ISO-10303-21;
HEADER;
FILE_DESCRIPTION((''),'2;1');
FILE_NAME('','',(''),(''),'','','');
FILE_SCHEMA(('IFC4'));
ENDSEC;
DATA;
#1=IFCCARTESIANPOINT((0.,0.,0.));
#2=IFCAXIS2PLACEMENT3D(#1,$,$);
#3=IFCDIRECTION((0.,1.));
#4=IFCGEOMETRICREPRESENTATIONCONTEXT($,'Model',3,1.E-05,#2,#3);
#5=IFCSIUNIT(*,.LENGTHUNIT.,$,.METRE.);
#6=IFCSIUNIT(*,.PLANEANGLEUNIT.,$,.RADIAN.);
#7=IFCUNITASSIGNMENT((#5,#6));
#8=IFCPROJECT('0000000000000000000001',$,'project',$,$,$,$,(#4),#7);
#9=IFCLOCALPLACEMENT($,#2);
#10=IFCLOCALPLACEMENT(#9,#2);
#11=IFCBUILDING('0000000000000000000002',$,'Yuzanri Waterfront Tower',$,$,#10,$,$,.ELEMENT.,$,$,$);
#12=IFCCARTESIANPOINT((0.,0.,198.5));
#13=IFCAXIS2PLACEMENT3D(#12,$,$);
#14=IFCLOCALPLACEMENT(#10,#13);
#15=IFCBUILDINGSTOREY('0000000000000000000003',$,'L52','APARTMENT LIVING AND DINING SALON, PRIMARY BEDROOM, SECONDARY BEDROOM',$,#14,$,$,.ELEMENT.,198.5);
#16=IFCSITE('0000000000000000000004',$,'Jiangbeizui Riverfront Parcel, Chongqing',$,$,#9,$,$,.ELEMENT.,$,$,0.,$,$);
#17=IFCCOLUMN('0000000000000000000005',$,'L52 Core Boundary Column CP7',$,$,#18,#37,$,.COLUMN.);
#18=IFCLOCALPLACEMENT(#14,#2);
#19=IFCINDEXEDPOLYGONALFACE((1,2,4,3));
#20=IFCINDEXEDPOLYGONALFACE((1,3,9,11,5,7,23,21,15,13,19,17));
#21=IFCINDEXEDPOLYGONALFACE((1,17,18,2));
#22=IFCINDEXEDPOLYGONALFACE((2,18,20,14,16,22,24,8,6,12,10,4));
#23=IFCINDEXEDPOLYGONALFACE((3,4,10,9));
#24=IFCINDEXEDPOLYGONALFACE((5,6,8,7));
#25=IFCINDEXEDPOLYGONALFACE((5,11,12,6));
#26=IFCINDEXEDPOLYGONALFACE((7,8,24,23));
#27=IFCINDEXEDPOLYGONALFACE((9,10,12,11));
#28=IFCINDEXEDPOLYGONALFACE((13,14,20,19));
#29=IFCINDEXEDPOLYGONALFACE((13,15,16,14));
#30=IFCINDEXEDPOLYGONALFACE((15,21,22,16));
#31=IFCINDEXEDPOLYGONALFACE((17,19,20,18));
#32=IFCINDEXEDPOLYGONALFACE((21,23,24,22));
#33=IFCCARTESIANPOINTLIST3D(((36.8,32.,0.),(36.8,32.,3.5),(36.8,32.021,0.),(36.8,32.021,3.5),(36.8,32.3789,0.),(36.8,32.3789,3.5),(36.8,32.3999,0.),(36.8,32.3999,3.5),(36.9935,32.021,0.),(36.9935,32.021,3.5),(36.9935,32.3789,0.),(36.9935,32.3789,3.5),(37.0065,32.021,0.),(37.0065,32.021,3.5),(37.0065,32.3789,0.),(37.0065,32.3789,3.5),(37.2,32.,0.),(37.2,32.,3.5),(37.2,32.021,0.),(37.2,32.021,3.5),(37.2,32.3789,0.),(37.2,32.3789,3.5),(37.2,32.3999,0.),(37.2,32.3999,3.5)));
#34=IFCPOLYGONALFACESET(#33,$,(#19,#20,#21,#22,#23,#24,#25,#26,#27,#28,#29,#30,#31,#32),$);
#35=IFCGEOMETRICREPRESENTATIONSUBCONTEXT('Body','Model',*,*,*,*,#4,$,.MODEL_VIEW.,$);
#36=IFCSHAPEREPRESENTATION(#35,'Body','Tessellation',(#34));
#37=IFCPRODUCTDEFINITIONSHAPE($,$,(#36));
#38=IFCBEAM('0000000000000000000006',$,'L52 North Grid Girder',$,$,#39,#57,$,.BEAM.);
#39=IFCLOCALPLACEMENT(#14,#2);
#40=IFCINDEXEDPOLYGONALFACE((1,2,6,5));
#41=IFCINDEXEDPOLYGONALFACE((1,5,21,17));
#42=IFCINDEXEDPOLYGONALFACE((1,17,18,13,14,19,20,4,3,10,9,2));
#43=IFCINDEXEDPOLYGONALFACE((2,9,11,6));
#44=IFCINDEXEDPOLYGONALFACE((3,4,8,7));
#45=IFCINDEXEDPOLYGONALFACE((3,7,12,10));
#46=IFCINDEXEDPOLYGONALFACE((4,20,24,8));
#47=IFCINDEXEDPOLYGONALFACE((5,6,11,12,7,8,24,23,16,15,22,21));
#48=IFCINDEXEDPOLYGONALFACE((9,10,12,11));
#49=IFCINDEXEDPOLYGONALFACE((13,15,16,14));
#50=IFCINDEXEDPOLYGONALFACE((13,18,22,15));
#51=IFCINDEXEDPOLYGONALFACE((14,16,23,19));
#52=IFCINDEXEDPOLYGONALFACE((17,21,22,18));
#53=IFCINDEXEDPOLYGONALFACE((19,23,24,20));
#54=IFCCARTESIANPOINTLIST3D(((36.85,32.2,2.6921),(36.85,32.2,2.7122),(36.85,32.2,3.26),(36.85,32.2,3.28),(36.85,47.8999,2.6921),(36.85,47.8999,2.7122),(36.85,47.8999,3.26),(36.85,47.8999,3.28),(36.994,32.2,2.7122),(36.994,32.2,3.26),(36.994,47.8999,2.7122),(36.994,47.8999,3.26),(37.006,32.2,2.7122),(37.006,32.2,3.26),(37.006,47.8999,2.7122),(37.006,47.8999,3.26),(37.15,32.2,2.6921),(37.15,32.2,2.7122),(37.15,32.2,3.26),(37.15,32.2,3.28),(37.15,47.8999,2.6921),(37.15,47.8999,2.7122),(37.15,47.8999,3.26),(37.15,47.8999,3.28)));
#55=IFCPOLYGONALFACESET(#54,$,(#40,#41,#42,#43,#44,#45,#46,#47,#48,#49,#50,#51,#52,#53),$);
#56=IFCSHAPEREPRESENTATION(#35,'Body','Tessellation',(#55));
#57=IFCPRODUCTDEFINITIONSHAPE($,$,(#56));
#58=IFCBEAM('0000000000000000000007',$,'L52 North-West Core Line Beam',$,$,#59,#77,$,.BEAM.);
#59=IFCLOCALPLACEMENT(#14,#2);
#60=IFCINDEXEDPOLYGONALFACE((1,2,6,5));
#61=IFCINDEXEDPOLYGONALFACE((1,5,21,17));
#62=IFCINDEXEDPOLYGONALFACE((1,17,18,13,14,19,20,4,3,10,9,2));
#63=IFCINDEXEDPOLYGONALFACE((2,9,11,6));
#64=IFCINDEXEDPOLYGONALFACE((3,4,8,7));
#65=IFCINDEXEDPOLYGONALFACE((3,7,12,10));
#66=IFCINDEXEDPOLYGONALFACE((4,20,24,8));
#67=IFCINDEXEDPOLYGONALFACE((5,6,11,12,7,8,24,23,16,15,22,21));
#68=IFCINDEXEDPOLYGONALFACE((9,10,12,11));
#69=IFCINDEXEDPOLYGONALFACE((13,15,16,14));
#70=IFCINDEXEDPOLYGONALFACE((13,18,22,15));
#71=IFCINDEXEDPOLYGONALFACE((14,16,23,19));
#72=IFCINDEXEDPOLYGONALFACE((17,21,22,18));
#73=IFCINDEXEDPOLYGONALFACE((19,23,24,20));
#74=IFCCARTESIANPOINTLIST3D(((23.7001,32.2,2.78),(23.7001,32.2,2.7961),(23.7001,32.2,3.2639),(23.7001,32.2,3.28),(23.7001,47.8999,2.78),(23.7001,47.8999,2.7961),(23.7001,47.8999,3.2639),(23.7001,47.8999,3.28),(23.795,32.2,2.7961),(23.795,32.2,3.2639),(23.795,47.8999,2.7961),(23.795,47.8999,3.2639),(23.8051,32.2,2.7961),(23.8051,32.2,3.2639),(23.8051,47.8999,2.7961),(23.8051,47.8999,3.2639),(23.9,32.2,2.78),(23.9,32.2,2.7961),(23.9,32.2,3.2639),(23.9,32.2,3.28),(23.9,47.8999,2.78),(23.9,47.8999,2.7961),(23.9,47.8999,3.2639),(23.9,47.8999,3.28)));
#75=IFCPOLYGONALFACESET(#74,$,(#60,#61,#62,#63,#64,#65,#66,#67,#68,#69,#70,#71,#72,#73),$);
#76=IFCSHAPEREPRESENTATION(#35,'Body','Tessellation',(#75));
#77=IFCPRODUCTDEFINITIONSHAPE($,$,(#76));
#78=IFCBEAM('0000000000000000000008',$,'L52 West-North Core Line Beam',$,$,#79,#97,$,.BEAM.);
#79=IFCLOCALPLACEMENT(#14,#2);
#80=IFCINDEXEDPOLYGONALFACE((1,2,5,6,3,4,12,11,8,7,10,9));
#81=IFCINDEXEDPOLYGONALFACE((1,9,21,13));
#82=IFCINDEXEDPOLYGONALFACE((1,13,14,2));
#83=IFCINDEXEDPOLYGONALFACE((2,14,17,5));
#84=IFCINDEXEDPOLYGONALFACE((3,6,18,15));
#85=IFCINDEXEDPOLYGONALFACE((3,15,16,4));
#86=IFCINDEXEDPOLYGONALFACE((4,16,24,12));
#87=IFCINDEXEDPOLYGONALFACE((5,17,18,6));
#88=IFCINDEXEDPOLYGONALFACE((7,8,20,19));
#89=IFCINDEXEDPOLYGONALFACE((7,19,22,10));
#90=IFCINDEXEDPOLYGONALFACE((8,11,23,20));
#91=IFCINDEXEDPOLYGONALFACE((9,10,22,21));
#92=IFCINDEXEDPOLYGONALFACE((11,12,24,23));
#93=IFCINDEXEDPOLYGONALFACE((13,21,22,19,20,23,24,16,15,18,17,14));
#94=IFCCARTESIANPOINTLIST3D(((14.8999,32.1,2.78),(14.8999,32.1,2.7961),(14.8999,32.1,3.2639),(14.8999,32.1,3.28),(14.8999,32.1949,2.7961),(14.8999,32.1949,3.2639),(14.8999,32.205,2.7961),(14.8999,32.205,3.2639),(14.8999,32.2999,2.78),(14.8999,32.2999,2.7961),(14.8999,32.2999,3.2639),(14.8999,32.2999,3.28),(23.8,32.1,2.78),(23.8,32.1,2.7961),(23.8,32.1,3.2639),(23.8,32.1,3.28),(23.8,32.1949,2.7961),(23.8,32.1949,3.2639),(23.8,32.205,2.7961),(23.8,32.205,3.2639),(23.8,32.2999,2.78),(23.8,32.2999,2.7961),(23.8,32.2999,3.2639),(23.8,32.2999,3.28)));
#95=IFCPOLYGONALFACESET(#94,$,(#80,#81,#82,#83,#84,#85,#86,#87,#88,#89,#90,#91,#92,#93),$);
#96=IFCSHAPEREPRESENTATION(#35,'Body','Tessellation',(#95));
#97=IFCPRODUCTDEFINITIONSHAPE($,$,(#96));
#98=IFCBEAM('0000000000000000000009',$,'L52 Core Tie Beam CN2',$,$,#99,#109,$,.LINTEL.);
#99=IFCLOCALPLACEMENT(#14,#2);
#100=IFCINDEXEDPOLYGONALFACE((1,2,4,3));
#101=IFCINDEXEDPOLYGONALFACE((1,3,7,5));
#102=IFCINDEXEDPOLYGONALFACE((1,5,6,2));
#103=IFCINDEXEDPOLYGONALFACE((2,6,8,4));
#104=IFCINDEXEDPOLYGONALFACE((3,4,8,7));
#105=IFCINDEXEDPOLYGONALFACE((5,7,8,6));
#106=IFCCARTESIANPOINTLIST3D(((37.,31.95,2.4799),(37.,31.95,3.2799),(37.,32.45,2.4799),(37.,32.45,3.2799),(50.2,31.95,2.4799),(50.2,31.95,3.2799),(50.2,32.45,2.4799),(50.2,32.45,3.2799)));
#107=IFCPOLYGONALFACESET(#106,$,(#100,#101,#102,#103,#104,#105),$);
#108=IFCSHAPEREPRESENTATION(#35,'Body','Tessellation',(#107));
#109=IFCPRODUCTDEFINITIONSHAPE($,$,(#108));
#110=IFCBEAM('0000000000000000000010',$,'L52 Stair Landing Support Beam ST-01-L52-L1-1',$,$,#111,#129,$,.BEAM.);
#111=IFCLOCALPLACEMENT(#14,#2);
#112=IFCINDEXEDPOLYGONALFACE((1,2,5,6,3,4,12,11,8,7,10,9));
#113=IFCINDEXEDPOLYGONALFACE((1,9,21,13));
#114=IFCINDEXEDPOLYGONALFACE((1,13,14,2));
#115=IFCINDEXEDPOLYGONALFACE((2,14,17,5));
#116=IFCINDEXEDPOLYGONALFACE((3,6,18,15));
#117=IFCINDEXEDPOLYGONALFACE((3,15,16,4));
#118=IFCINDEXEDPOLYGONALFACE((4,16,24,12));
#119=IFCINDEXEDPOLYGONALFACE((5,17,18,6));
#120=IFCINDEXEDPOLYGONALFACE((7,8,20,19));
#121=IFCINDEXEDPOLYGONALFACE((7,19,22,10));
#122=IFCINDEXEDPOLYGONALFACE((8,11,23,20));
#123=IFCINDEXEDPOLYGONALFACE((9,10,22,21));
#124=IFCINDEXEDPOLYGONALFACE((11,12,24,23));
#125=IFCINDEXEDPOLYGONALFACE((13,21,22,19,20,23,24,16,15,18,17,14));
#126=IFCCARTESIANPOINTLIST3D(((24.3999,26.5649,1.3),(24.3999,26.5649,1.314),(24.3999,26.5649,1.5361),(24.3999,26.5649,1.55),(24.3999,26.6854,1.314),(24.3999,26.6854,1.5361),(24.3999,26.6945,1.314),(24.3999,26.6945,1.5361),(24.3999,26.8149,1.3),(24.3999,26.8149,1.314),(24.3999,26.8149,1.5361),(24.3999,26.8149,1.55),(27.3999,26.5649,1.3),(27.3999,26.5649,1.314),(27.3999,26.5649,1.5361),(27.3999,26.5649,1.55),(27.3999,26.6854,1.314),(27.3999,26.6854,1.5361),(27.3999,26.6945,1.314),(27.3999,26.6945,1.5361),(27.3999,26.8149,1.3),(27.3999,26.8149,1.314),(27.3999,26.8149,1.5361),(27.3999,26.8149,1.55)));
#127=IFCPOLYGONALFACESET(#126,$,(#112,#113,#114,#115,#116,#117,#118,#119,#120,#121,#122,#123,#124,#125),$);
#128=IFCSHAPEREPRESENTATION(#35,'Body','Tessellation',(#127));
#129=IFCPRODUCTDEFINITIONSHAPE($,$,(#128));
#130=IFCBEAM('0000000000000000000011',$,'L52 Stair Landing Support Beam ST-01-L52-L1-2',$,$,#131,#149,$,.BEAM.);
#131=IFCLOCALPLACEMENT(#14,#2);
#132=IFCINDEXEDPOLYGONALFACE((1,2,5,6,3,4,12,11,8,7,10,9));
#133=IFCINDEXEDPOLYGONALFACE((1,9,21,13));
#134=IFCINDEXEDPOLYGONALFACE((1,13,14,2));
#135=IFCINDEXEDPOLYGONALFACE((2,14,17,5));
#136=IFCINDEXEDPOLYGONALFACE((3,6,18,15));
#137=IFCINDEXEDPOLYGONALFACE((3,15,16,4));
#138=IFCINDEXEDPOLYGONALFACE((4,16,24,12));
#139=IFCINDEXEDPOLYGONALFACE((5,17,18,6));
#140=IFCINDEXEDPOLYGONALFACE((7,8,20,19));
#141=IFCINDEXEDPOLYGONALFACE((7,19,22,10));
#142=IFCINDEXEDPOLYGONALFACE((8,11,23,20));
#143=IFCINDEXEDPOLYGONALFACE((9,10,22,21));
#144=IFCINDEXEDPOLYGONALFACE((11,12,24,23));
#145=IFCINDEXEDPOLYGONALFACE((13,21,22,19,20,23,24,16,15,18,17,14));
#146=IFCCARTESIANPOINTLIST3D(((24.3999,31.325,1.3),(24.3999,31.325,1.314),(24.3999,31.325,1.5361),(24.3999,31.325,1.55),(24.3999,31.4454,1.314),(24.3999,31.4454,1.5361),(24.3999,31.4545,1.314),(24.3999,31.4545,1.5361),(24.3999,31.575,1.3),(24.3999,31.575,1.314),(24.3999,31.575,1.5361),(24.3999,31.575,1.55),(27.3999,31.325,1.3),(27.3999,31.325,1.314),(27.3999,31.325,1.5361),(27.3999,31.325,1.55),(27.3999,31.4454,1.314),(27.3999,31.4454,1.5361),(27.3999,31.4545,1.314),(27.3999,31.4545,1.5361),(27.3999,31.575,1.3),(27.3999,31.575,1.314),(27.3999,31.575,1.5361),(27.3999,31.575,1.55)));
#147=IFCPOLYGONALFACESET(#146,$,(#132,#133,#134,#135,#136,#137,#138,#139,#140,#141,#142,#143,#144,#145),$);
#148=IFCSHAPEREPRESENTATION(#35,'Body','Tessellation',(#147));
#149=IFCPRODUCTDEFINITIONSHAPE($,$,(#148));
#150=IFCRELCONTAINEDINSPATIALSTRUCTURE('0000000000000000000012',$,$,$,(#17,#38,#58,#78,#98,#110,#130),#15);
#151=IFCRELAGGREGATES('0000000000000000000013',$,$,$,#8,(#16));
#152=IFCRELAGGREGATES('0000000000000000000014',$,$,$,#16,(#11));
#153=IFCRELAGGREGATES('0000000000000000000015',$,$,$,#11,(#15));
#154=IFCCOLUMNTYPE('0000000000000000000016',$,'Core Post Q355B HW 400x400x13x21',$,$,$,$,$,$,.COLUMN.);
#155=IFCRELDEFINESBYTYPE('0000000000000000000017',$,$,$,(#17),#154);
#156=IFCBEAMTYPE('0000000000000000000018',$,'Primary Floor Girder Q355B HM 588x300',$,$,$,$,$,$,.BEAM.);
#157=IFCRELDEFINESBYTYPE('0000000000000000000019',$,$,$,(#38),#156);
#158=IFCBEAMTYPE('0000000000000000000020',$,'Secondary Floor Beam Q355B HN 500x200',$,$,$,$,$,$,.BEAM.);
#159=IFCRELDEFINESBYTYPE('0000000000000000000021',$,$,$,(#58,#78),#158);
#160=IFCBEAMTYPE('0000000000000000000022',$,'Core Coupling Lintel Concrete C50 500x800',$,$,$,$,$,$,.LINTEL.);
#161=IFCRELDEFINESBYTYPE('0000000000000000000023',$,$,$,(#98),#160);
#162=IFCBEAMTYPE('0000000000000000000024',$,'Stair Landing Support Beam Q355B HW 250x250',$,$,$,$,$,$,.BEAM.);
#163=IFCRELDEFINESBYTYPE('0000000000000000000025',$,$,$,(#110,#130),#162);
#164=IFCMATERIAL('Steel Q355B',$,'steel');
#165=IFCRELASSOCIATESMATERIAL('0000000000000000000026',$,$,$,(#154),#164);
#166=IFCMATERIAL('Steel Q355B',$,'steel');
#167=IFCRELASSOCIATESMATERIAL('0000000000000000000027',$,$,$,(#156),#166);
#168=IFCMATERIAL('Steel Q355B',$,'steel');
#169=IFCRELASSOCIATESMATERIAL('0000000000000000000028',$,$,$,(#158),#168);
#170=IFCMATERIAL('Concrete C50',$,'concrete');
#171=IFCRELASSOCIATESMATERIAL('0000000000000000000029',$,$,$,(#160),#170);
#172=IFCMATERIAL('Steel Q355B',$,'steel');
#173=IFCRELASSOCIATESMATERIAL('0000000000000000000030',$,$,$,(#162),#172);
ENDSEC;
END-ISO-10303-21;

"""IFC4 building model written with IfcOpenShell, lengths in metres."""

from ifc_helpers import new_model, si_unit, direction, frame, origin, origin_2d, place, context, subcontext, project, spatial, rectangle, i_section, extrude, source, transform, mapped, material, material_profile, profile_set, type_object, element, save


model = new_model("IFC4")

# Units and contexts
model_context = context("Model", 3, precision=1e-05, world=origin(), true_north=direction((0.0, 1.0)))
body_context = subcontext(model_context, "Body", "Model", "MODEL_VIEW")
ifc_project = project(units=[si_unit("LENGTHUNIT", "METRE"), si_unit("PLANEANGLEUNIT", "RADIAN")], contexts=[model_context])

# Site, building, storey
site_placement = place(None, origin())
site = spatial("IfcSite", under=ifc_project, at=site_placement, Name="Jiangbeizui Riverfront Parcel, Chongqing", CompositionType="ELEMENT", RefElevation=0.0)
building_placement = place(site_placement, origin())
building = spatial("IfcBuilding", under=site, at=building_placement, Name="Yuzanri Waterfront Tower", CompositionType="ELEMENT")
storey_placement = place(building_placement, frame((0.0, 0.0, 198.5)))
storey = spatial("IfcBuildingStorey", under=building, at=storey_placement, Name="L52", Description="APARTMENT LIVING AND DINING SALON, PRIMARY BEDROOM, SECONDARY BEDROOM", CompositionType="ELEMENT", Elevation=198.5)

# Column
ifc_material_1 = material(Name="Steel Q355B", Category="steel")
ifc_material_profile_1 = material_profile(ifc_material_1, i_section(OverallWidth=0.3999, OverallDepth=0.3999, WebThickness=0.0129, FlangeThickness=0.021, at=origin_2d()), Name="HW 400x400x13x21")
ifc_profile_set_1 = profile_set([ifc_material_profile_1], Name="Steel Q355B")
column_type = type_object("IfcColumnType", Name="Core Post Q355B HW 400x400x13x21", PredefinedType="COLUMN", material=ifc_profile_set_1)
shared_shape_1 = source(origin(), body_context, "Body", "SweptSolid", [
    extrude(i_section(OverallWidth=0.3999, OverallDepth=0.3999, WebThickness=0.0129, FlangeThickness=0.021, at=origin_2d()), origin(), (0.0, 0.0, 1.0), 3.5),
])
column_placement = place(storey_placement, frame((37.0, 32.2, 0.0), z_axis=(0.0, 0.0, 1.0), x_axis=(1.0, 0.0, 0.0)))
element("IfcColumn", 1, at=column_placement, inside=storey, type_object=column_type, Name="L52 Core Boundary Column CP7", PredefinedType="COLUMN", context=body_context, shape_type="MappedRepresentation", body=[
    mapped(shared_shape_1, transform((0.0, 0.0, 0.0), scale=1.0)),
])

# Beams
ifc_material_2 = material(Name="Steel Q355B", Category="steel")
ifc_material_profile_2 = material_profile(ifc_material_2, i_section(OverallWidth=0.3, OverallDepth=0.5879, WebThickness=0.012, FlangeThickness=0.02, at=origin_2d()), Name="HM 588x300x12x20")
ifc_profile_set_2 = profile_set([ifc_material_profile_2], Name="Steel Q355B")
beam_type_1 = type_object("IfcBeamType", Name="Primary Floor Girder Q355B HM 588x300", PredefinedType="BEAM", material=ifc_profile_set_2)
shared_shape_2 = source(origin(), body_context, "Body", "SweptSolid", [
    extrude(i_section(OverallWidth=0.3, OverallDepth=0.5879, WebThickness=0.012, FlangeThickness=0.02, at=origin_2d()), origin(), (0.0, 0.0, 1.0), 15.7),
])
beam_1_placement = place(storey_placement, frame((37.0, 32.2, 2.9861), z_axis=(0.0, 1.0, 0.0), x_axis=(-1.0, 0.0, 0.0)))
element("IfcBeam", 2, at=beam_1_placement, inside=storey, type_object=beam_type_1, Name="L52 North Grid Girder", PredefinedType="BEAM", context=body_context, shape_type="MappedRepresentation", body=[
    mapped(shared_shape_2, transform((0.0, 0.0, 0.0), scale=1.0)),
])
ifc_material_3 = material(Name="Steel Q355B", Category="steel")
ifc_material_profile_3 = material_profile(ifc_material_3, i_section(OverallWidth=0.2, OverallDepth=0.5, WebThickness=0.01, FlangeThickness=0.0161, at=origin_2d()), Name="HN 500x200x10x16")
ifc_profile_set_3 = profile_set([ifc_material_profile_3], Name="Steel Q355B")
beam_type_2 = type_object("IfcBeamType", Name="Secondary Floor Beam Q355B HN 500x200", PredefinedType="BEAM", material=ifc_profile_set_3)
shared_shape_3 = source(origin(), body_context, "Body", "SweptSolid", [
    extrude(i_section(OverallWidth=0.2, OverallDepth=0.5, WebThickness=0.01, FlangeThickness=0.0161, at=origin_2d()), origin(), (0.0, 0.0, 1.0), 15.7),
])
beam_2_placement = place(storey_placement, frame((23.8, 32.2, 3.03), z_axis=(0.0, 1.0, 0.0), x_axis=(-1.0, 0.0, 0.0)))
element("IfcBeam", 3, at=beam_2_placement, inside=storey, type_object=beam_type_2, Name="L52 North-West Core Line Beam", PredefinedType="BEAM", context=body_context, shape_type="MappedRepresentation", body=[
    mapped(shared_shape_3, transform((0.0, 0.0, 0.0), scale=1.0)),
])
shared_shape_4 = source(origin(), body_context, "Body", "SweptSolid", [
    extrude(i_section(OverallWidth=0.2, OverallDepth=0.5, WebThickness=0.01, FlangeThickness=0.0161, at=origin_2d()), origin(), (0.0, 0.0, 1.0), 8.9001),
])
beam_3_placement = place(storey_placement, frame((23.8, 32.2, 3.03), z_axis=(-1.0, 0.0, 0.0), x_axis=(0.0, -1.0, 0.0)))
element("IfcBeam", 4, at=beam_3_placement, inside=storey, type_object=beam_type_2, Name="L52 West-North Core Line Beam", PredefinedType="BEAM", context=body_context, shape_type="MappedRepresentation", body=[
    mapped(shared_shape_4, transform((0.0, 0.0, 0.0), scale=1.0)),
])
ifc_material_4 = material(Name="Concrete C50", Category="concrete")
ifc_material_profile_4 = material_profile(ifc_material_4, rectangle(XDim=0.5, YDim=0.8, at=origin_2d()), Name="RC 500x800")
ifc_profile_set_4 = profile_set([ifc_material_profile_4], Name="Concrete C50")
beam_type_3 = type_object("IfcBeamType", Name="Core Coupling Lintel Concrete C50 500x800", PredefinedType="LINTEL", material=ifc_profile_set_4)
shared_shape_5 = source(origin(), body_context, "Body", "SweptSolid", [
    extrude(rectangle(XDim=0.5, YDim=0.8, at=origin_2d()), origin(), (0.0, 0.0, 1.0), 13.2),
])
beam_4_placement = place(storey_placement, frame((37.0, 32.2, 2.8799), z_axis=(1.0, 0.0, 0.0), x_axis=(0.0, 1.0, 0.0)))
element("IfcBeam", 5, at=beam_4_placement, inside=storey, type_object=beam_type_3, Name="L52 Core Tie Beam CN2", PredefinedType="LINTEL", context=body_context, shape_type="MappedRepresentation", body=[
    mapped(shared_shape_5, transform((0.0, 0.0, 0.0), scale=1.0)),
])
ifc_material_5 = material(Name="Steel Q355B", Category="steel")
ifc_material_profile_5 = material_profile(ifc_material_5, i_section(OverallWidth=0.25, OverallDepth=0.25, WebThickness=0.009, FlangeThickness=0.0139, at=origin_2d()), Name="HW 250x250x9x14")
ifc_profile_set_5 = profile_set([ifc_material_profile_5], Name="Steel Q355B")
beam_type_4 = type_object("IfcBeamType", Name="Stair Landing Support Beam Q355B HW 250x250", PredefinedType="BEAM", material=ifc_profile_set_5)
shared_shape_6 = source(origin(), body_context, "Body", "SweptSolid", [
    extrude(i_section(OverallWidth=0.25, OverallDepth=0.25, WebThickness=0.009, FlangeThickness=0.0139, at=origin_2d()), origin(), (0.0, 0.0, 1.0), 3.0),
])
for number, where, z_axis, x_axis, name in (
    (6, (24.3999, 26.6899, 1.425), (1.0, 0.0, 0.0), (0.0, 1.0, 0.0), "L52 Stair Landing Support Beam ST-01-L52-L1-1"),
    (7, (24.3999, 31.45, 1.425), (1.0, 0.0, 0.0), (0.0, 1.0, 0.0), "L52 Stair Landing Support Beam ST-01-L52-L1-2"),
):
    element("IfcBeam", number, at=place(storey_placement, frame(where, z_axis=z_axis, x_axis=x_axis)), inside=storey, type_object=beam_type_4, Name=name, PredefinedType="BEAM", context=body_context, shape_type="MappedRepresentation", body=[
        mapped(shared_shape_6, transform((0.0, 0.0, 0.0), scale=1.0)),
    ])

save(model, "model.ifc")
